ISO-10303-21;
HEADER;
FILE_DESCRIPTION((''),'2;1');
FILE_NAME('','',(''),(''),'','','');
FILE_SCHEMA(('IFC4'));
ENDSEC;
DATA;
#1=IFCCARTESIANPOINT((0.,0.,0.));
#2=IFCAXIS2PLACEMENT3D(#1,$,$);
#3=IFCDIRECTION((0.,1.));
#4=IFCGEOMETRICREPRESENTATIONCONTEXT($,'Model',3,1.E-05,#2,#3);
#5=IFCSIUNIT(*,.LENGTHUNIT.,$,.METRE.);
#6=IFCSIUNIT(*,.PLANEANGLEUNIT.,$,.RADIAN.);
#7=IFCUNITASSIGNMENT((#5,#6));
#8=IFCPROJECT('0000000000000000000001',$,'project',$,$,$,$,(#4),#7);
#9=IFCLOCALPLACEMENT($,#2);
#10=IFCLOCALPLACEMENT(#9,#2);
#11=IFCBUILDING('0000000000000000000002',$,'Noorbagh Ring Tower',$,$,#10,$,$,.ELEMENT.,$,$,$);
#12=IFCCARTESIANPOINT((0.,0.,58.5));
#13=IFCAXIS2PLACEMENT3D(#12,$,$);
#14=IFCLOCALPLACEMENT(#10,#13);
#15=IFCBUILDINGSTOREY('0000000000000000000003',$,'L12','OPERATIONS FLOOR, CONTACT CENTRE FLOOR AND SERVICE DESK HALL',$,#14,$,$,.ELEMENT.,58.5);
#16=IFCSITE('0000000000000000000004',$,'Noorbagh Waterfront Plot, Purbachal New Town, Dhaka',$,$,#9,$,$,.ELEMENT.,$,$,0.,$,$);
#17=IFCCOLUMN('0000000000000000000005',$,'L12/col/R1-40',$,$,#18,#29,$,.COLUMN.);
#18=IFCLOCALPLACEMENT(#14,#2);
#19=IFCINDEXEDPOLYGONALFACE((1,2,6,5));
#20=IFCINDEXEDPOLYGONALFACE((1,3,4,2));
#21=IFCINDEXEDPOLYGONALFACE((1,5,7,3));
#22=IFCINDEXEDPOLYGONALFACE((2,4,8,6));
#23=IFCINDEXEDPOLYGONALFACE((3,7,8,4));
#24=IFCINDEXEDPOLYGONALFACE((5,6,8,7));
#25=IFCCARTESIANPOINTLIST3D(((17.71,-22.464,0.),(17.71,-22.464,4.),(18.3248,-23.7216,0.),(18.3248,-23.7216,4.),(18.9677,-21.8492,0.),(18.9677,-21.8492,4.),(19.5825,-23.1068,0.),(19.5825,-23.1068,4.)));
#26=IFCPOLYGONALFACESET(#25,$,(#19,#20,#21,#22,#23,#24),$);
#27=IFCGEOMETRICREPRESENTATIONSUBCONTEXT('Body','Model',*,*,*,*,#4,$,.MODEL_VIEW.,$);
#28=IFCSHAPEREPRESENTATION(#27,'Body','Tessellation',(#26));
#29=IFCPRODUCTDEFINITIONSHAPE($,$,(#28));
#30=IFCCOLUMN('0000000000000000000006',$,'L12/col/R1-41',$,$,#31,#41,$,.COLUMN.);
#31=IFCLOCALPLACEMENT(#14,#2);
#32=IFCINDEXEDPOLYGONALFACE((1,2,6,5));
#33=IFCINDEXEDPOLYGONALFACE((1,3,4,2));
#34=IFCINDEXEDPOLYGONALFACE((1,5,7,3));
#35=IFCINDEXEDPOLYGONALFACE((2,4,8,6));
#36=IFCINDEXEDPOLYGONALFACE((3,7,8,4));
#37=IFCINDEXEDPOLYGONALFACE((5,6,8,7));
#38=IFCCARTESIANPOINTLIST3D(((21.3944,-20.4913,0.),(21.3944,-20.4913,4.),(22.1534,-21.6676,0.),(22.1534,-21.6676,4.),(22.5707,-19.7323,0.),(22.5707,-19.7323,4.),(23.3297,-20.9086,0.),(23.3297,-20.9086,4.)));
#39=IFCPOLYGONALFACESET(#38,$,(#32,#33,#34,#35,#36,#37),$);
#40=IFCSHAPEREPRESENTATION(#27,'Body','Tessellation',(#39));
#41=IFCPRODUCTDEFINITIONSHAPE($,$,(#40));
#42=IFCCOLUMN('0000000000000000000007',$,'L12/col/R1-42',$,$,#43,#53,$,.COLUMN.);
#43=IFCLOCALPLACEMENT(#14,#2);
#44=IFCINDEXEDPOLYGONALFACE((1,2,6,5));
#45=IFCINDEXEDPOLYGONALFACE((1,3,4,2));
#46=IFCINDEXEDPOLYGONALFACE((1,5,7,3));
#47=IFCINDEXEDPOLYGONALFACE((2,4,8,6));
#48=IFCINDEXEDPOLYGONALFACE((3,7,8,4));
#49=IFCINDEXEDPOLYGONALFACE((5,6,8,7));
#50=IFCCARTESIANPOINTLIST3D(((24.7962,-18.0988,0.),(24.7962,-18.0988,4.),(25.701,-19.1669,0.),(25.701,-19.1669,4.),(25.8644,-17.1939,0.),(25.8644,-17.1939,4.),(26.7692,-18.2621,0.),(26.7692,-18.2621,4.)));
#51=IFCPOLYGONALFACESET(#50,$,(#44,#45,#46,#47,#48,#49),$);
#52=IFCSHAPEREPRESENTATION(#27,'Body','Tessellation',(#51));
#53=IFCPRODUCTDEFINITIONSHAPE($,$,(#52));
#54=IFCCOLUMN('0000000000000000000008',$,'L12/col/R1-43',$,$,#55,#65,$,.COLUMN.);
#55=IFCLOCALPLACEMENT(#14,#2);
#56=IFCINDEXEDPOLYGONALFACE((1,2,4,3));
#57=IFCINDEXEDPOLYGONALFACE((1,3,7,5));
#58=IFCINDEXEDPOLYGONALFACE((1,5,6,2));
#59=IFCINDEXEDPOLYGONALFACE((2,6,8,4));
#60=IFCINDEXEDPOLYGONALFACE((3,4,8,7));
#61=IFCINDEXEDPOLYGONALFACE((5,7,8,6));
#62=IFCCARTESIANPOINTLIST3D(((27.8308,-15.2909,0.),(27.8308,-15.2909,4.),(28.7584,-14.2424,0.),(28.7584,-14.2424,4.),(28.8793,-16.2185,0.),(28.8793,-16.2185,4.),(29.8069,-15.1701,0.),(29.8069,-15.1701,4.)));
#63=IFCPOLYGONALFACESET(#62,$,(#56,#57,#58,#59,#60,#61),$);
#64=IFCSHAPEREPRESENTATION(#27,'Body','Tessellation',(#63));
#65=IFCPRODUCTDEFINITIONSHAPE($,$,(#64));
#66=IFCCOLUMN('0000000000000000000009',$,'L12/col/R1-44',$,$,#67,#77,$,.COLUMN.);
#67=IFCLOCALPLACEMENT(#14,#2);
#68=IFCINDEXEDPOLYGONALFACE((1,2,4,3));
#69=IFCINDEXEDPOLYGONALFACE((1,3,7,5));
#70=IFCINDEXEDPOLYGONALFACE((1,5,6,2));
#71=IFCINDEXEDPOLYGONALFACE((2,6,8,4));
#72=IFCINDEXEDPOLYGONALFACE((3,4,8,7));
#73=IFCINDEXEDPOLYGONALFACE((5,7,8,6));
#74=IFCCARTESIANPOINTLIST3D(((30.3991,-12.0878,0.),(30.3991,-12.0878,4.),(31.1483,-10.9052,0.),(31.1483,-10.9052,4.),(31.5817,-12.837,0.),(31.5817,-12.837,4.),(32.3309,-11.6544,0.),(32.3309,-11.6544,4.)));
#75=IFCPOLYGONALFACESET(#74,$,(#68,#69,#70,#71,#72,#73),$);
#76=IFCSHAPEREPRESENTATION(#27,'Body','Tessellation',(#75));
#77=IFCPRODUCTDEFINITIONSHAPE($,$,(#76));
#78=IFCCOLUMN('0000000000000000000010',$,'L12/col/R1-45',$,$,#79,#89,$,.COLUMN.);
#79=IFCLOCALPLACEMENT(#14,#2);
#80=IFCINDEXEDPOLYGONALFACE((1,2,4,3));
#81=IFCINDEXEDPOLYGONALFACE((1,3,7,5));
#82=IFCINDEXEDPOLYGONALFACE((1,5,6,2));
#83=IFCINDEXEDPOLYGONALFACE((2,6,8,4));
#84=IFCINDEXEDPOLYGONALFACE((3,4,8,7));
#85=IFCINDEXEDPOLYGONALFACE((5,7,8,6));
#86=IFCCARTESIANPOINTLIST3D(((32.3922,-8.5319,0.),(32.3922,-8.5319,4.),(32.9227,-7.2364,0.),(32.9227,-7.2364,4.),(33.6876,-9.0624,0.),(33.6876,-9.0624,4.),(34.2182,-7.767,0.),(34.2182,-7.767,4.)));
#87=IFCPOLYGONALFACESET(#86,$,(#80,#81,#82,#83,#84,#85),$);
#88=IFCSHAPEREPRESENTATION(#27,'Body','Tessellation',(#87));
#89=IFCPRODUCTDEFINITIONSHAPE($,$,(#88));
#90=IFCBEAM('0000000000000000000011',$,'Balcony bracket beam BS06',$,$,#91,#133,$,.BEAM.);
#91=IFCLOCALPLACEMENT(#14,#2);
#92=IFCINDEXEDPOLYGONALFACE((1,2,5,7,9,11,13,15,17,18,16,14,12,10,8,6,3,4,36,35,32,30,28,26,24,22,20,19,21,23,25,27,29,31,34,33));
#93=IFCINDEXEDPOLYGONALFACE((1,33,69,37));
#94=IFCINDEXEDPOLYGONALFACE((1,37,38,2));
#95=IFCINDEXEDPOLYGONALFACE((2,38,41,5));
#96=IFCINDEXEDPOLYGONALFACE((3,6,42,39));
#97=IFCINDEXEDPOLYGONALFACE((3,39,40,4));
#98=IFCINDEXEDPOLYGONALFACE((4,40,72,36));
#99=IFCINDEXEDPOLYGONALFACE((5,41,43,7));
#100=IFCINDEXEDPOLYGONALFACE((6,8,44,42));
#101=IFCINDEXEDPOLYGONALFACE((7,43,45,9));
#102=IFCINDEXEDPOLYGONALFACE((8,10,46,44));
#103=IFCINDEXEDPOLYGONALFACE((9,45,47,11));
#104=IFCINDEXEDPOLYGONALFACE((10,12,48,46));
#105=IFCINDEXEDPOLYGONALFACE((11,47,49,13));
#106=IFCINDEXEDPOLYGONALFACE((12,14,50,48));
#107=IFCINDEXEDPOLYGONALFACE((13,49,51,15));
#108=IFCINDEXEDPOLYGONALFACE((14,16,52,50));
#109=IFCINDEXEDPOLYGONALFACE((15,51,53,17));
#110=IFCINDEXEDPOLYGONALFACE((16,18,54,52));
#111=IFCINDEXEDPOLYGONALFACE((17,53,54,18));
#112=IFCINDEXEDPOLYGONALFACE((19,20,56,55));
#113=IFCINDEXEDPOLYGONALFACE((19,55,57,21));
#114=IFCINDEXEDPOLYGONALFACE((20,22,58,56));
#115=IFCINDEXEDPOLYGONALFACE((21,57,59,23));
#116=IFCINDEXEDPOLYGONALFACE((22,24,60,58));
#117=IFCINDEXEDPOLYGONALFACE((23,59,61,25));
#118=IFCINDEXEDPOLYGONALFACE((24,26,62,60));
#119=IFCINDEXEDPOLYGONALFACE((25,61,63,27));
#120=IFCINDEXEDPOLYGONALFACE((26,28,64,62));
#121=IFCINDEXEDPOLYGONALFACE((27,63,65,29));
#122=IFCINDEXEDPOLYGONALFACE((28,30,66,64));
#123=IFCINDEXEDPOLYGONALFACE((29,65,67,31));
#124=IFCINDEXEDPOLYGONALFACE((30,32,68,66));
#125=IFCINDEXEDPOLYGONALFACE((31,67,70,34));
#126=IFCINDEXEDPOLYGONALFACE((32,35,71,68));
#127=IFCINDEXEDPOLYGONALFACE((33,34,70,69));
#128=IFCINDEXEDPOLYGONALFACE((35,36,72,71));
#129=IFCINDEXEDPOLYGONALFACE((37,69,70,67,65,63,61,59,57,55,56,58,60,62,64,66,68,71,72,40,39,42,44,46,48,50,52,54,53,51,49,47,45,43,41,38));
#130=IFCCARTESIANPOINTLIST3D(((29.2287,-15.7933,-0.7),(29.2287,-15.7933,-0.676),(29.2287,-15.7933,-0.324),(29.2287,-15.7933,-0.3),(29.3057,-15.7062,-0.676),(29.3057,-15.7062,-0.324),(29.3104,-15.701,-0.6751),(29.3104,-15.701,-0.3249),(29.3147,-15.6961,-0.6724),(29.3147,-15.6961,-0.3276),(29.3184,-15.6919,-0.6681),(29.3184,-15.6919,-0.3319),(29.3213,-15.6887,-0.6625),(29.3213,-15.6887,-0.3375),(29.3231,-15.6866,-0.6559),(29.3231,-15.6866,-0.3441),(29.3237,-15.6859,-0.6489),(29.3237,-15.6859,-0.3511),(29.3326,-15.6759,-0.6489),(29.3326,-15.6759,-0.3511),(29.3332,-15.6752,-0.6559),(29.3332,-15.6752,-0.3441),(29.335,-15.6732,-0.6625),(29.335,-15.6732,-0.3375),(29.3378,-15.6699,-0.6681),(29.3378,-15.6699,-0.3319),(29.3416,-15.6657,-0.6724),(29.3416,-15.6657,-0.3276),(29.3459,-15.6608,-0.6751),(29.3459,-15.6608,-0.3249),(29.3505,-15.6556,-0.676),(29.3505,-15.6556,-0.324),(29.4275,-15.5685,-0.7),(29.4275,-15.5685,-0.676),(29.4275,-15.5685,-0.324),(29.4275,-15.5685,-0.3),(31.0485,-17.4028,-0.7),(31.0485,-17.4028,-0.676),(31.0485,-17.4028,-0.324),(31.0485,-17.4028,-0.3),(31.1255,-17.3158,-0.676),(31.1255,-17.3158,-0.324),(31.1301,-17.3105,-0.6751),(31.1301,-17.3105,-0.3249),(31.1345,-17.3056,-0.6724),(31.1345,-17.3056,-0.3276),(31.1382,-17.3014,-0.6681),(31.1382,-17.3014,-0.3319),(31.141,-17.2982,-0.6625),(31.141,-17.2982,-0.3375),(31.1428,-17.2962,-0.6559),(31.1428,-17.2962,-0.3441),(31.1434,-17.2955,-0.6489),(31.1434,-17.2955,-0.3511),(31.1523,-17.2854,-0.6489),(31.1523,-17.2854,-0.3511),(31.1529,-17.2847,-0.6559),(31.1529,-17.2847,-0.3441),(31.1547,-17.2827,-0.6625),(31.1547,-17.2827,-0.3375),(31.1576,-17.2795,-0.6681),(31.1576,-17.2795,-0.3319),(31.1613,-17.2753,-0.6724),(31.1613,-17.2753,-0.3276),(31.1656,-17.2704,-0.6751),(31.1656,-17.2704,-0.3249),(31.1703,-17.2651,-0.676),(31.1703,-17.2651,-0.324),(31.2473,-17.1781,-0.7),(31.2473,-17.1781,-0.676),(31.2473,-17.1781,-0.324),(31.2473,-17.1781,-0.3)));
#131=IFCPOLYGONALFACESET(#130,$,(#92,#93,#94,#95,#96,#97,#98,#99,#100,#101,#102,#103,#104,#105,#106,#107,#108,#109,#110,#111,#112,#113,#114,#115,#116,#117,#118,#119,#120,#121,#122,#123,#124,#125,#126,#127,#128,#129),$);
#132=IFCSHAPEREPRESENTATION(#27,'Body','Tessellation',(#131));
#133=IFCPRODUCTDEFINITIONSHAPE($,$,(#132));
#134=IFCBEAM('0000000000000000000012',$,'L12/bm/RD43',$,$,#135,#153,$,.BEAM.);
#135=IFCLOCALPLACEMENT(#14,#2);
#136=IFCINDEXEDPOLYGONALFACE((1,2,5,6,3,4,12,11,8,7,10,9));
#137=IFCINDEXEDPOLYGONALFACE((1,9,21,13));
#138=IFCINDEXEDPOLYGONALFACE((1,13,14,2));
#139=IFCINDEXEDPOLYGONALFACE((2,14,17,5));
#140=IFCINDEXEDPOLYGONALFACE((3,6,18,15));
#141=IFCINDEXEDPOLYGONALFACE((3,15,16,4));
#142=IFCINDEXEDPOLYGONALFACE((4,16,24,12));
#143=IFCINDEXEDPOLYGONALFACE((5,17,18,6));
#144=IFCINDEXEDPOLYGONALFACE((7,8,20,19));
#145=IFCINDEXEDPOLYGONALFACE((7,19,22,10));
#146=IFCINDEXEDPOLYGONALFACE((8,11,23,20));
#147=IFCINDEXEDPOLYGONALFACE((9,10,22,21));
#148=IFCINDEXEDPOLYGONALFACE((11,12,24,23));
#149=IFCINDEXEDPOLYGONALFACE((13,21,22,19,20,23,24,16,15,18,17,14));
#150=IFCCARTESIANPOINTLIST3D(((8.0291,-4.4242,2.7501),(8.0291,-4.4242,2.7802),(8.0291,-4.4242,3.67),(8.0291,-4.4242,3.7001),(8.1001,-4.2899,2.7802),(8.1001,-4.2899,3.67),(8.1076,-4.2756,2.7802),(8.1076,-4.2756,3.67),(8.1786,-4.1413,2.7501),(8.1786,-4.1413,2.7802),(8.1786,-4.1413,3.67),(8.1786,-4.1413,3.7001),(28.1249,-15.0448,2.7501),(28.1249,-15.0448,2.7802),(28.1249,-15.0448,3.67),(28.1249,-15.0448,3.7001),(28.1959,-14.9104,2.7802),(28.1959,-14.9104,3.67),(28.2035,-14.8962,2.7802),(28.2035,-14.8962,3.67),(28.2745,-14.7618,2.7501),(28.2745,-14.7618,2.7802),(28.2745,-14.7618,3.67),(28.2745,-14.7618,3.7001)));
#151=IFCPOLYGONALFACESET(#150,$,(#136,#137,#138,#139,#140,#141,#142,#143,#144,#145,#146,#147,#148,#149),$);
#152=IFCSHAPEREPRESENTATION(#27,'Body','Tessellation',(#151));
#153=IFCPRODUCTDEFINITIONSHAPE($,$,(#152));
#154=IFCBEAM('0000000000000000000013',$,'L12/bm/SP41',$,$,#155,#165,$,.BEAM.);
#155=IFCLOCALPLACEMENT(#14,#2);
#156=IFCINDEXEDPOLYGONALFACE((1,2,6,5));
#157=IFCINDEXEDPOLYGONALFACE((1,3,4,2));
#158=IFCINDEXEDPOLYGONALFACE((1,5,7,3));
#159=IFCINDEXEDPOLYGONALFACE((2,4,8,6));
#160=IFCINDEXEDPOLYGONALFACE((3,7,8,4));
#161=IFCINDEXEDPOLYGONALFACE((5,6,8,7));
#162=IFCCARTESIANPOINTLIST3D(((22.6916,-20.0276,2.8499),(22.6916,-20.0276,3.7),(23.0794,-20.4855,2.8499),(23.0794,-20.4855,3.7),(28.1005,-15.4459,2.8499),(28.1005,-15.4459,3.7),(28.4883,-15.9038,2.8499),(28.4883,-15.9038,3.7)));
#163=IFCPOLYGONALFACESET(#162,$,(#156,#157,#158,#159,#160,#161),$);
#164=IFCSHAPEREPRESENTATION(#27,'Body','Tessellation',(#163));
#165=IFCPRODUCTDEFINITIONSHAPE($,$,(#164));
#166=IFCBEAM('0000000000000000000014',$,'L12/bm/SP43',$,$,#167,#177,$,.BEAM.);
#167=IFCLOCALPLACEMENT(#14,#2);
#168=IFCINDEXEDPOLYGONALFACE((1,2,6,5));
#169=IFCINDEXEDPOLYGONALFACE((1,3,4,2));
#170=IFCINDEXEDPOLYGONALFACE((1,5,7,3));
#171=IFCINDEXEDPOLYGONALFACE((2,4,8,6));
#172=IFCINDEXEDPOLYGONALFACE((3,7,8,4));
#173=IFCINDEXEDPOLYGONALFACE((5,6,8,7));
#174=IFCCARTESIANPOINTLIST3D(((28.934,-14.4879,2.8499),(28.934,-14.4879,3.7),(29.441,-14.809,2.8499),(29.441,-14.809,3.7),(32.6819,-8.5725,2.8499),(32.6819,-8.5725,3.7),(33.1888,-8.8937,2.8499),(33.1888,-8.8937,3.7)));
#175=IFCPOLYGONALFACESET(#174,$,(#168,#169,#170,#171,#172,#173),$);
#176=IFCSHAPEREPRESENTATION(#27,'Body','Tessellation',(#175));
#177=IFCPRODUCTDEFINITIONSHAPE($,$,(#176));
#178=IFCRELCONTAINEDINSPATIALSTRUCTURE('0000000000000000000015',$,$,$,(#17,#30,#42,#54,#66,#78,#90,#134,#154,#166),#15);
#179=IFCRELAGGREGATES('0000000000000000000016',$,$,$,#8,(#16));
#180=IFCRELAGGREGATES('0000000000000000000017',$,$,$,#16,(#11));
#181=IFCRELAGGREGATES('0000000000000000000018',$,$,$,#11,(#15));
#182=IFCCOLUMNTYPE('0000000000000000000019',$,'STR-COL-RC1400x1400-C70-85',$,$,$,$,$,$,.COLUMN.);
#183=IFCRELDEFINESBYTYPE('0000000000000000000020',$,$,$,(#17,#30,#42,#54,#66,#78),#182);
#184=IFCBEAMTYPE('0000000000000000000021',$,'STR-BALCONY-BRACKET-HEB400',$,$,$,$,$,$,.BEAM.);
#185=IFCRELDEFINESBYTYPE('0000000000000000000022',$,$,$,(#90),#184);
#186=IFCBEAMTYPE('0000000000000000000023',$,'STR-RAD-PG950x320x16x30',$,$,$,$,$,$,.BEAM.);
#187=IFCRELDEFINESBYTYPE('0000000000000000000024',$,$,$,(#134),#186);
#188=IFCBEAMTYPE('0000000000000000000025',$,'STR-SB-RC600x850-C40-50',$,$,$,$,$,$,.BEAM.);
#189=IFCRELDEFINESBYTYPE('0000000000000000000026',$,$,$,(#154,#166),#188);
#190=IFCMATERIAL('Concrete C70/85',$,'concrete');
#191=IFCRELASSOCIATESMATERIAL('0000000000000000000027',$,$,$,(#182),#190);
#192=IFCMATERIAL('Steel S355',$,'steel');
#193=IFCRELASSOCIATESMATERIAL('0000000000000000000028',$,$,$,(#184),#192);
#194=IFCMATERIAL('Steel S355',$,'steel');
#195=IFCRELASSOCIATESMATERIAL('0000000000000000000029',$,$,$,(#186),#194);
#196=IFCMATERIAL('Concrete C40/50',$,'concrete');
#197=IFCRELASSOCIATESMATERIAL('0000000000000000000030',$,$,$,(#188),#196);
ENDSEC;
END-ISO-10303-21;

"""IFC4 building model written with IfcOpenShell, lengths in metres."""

from ifc_helpers import new_model, si_unit, direction, frame, origin, origin_2d, place, context, subcontext, project, spatial, rectangle, i_section, extrude, material, material_profile, profile_set, type_object, element, save


model = new_model("IFC4")

# Units and contexts
model_context = context("Model", 3, precision=1e-05, world=origin(), true_north=direction((0.0, 1.0)))
body_context = subcontext(model_context, "Body", "Model", "MODEL_VIEW")
ifc_project = project(units=[si_unit("LENGTHUNIT", "METRE"), si_unit("PLANEANGLEUNIT", "RADIAN")], contexts=[model_context])

# Site, building, storey
site_placement = place(None, origin())
site = spatial("IfcSite", under=ifc_project, at=site_placement, Name="Noorbagh Waterfront Plot, Purbachal New Town, Dhaka", CompositionType="ELEMENT", RefElevation=0.0)
building_placement = place(site_placement, origin())
building = spatial("IfcBuilding", under=site, at=building_placement, Name="Noorbagh Ring Tower", CompositionType="ELEMENT")
storey_placement = place(building_placement, frame((0.0, 0.0, 58.5)))
storey = spatial("IfcBuildingStorey", under=building, at=storey_placement, Name="L12", Description="OPERATIONS FLOOR, CONTACT CENTRE FLOOR AND SERVICE DESK HALL", CompositionType="ELEMENT", Elevation=58.5)

# Columns
ifc_material_1 = material(Name="Concrete C70/85", Category="concrete")
ifc_material_profile_1 = material_profile(ifc_material_1, rectangle(XDim=1.3999, YDim=1.3999, at=origin_2d()), Name="RC1400x1400")
ifc_profile_set_1 = profile_set([ifc_material_profile_1], Name="Concrete C70/85")
column_type = type_object("IfcColumnType", Name="STR-COL-RC1400x1400-C70-85", PredefinedType="COLUMN", material=ifc_profile_set_1)
for number, where, z_axis, x_axis, name in (
    (1, (18.6462, -22.7854, 0.0), (0.0, 0.0, 1.0), (0.898399, 0.43918, 0.0), "L12/col/R1-40"),
    (2, (22.3621, -20.7, 0.0), (0.0, 0.0, 1.0), (0.840248, 0.542203, 0.0), "L12/col/R1-41"),
    (3, (25.7827, -18.1804, 0.0), (0.0, 0.0, 1.0), (0.763035, 0.646357, 0.0), "L12/col/R1-42"),
    (4, (28.8188, -15.2305, 0.0), (0.0, 0.0, 1.0), (0.662636, 0.748942, 0.0), "L12/col/R1-43"),
    (5, (31.365, -11.8711, 0.0), (0.0, 0.0, 1.0), (0.53519, 0.844731, 0.0), "L12/col/R1-44"),
    (6, (33.3052, -8.1494, 0.0), (0.0, 0.0, 1.0), (0.378989, 0.925401, 0.0), "L12/col/R1-45"),
):
    element("IfcColumn", number, at=place(storey_placement, frame(where, z_axis=z_axis, x_axis=x_axis)), inside=storey, type_object=column_type, Name=name, PredefinedType="COLUMN", context=body_context, shape_type="SweptSolid", body=[
        extrude(rectangle(XDim=1.3999, YDim=1.3999, at=origin_2d()), origin(), (0.0, 0.0, 1.0), 4.0),
    ])

# Beams
ifc_material_2 = material(Name="Steel S355", Category="steel")
ifc_material_profile_2 = material_profile(ifc_material_2, i_section(OverallWidth=0.3, OverallDepth=0.3999, WebThickness=0.0134, FlangeThickness=0.0239, FilletRadius=0.0271, at=origin_2d()), Name="HEB400")
ifc_profile_set_2 = profile_set([ifc_material_profile_2], Name="Steel S355")
beam_type_1 = type_object("IfcBeamType", Name="STR-BALCONY-BRACKET-HEB400", PredefinedType="BEAM", material=ifc_profile_set_2)
beam_1_placement = place(storey_placement, frame((29.3281, -15.6809, -0.5), z_axis=(0.749043, -0.662522, 0.0), x_axis=(0.662522, 0.749043, 0.0)))
element("IfcBeam", 7, at=beam_1_placement, inside=storey, type_object=beam_type_1, Name="Balcony bracket beam BS06", PredefinedType="BEAM", context=body_context, shape_type="SweptSolid", body=[
    extrude(i_section(OverallWidth=0.3, OverallDepth=0.3999, WebThickness=0.0134, FlangeThickness=0.0239, FilletRadius=0.0271, at=origin_2d()), origin(), (0.0, 0.0, 1.0), 2.4294),
])
ifc_material_3 = material(Name="Steel S355", Category="steel")
ifc_material_profile_3 = material_profile(ifc_material_3, i_section(OverallWidth=0.3201, OverallDepth=0.95, WebThickness=0.0161, FlangeThickness=0.03, at=origin_2d()), Name="PG950x320x16x30")
ifc_profile_set_3 = profile_set([ifc_material_profile_3], Name="Steel S355")
beam_type_2 = type_object("IfcBeamType", Name="STR-RAD-PG950x320x16x30", PredefinedType="BEAM", material=ifc_profile_set_3)
beam_2_placement = place(storey_placement, frame((28.1997, -14.9033, 3.2251), z_axis=(-0.884123, 0.467254, 0.0), x_axis=(-0.467254, -0.884123, 0.0)))
element("IfcBeam", 8, at=beam_2_placement, inside=storey, type_object=beam_type_2, Name="L12/bm/RD43", PredefinedType="BEAM", context=body_context, shape_type="SweptSolid", body=[
    extrude(i_section(OverallWidth=0.3201, OverallDepth=0.95, WebThickness=0.0161, FlangeThickness=0.03, at=origin_2d()), origin(), (0.0, 0.0, 1.0), 22.7297),
])
ifc_material_4 = material(Name="Concrete C40/50", Category="concrete")
ifc_material_profile_4 = material_profile(ifc_material_4, rectangle(XDim=0.6001, YDim=0.8501, at=origin_2d()), Name="RC600x850")
ifc_profile_set_4 = profile_set([ifc_material_profile_4], Name="Concrete C40/50")
beam_type_3 = type_object("IfcBeamType", Name="STR-SB-RC600x850-C40-50", PredefinedType="BEAM", material=ifc_profile_set_4)
beam_3_placement = place(storey_placement, frame((22.8855, -20.2566, 3.2749), z_axis=(0.763039, 0.646353, 0.0), x_axis=(-0.646353, 0.763039, 0.0)))
element("IfcBeam", 9, at=beam_3_placement, inside=storey, type_object=beam_type_3, Name="L12/bm/SP41", PredefinedType="BEAM", context=body_context, shape_type="SweptSolid", body=[
    extrude(rectangle(XDim=0.6001, YDim=0.8501, at=origin_2d()), origin(), (0.0, 0.0, 1.0), 7.0886),
])
beam_4_placement = place(storey_placement, frame((29.1875, -14.6484, 3.2749), z_axis=(0.535201, 0.844725, 0.0), x_axis=(-0.844725, 0.535201, 0.0)))
element("IfcBeam", 10, at=beam_4_placement, inside=storey, type_object=beam_type_3, Name="L12/bm/SP43", PredefinedType="BEAM", context=body_context, shape_type="SweptSolid", body=[
    extrude(rectangle(XDim=0.6001, YDim=0.8501, at=origin_2d()), origin(), (0.0, 0.0, 1.0), 7.0027),
])

save(model, "model.ifc")
